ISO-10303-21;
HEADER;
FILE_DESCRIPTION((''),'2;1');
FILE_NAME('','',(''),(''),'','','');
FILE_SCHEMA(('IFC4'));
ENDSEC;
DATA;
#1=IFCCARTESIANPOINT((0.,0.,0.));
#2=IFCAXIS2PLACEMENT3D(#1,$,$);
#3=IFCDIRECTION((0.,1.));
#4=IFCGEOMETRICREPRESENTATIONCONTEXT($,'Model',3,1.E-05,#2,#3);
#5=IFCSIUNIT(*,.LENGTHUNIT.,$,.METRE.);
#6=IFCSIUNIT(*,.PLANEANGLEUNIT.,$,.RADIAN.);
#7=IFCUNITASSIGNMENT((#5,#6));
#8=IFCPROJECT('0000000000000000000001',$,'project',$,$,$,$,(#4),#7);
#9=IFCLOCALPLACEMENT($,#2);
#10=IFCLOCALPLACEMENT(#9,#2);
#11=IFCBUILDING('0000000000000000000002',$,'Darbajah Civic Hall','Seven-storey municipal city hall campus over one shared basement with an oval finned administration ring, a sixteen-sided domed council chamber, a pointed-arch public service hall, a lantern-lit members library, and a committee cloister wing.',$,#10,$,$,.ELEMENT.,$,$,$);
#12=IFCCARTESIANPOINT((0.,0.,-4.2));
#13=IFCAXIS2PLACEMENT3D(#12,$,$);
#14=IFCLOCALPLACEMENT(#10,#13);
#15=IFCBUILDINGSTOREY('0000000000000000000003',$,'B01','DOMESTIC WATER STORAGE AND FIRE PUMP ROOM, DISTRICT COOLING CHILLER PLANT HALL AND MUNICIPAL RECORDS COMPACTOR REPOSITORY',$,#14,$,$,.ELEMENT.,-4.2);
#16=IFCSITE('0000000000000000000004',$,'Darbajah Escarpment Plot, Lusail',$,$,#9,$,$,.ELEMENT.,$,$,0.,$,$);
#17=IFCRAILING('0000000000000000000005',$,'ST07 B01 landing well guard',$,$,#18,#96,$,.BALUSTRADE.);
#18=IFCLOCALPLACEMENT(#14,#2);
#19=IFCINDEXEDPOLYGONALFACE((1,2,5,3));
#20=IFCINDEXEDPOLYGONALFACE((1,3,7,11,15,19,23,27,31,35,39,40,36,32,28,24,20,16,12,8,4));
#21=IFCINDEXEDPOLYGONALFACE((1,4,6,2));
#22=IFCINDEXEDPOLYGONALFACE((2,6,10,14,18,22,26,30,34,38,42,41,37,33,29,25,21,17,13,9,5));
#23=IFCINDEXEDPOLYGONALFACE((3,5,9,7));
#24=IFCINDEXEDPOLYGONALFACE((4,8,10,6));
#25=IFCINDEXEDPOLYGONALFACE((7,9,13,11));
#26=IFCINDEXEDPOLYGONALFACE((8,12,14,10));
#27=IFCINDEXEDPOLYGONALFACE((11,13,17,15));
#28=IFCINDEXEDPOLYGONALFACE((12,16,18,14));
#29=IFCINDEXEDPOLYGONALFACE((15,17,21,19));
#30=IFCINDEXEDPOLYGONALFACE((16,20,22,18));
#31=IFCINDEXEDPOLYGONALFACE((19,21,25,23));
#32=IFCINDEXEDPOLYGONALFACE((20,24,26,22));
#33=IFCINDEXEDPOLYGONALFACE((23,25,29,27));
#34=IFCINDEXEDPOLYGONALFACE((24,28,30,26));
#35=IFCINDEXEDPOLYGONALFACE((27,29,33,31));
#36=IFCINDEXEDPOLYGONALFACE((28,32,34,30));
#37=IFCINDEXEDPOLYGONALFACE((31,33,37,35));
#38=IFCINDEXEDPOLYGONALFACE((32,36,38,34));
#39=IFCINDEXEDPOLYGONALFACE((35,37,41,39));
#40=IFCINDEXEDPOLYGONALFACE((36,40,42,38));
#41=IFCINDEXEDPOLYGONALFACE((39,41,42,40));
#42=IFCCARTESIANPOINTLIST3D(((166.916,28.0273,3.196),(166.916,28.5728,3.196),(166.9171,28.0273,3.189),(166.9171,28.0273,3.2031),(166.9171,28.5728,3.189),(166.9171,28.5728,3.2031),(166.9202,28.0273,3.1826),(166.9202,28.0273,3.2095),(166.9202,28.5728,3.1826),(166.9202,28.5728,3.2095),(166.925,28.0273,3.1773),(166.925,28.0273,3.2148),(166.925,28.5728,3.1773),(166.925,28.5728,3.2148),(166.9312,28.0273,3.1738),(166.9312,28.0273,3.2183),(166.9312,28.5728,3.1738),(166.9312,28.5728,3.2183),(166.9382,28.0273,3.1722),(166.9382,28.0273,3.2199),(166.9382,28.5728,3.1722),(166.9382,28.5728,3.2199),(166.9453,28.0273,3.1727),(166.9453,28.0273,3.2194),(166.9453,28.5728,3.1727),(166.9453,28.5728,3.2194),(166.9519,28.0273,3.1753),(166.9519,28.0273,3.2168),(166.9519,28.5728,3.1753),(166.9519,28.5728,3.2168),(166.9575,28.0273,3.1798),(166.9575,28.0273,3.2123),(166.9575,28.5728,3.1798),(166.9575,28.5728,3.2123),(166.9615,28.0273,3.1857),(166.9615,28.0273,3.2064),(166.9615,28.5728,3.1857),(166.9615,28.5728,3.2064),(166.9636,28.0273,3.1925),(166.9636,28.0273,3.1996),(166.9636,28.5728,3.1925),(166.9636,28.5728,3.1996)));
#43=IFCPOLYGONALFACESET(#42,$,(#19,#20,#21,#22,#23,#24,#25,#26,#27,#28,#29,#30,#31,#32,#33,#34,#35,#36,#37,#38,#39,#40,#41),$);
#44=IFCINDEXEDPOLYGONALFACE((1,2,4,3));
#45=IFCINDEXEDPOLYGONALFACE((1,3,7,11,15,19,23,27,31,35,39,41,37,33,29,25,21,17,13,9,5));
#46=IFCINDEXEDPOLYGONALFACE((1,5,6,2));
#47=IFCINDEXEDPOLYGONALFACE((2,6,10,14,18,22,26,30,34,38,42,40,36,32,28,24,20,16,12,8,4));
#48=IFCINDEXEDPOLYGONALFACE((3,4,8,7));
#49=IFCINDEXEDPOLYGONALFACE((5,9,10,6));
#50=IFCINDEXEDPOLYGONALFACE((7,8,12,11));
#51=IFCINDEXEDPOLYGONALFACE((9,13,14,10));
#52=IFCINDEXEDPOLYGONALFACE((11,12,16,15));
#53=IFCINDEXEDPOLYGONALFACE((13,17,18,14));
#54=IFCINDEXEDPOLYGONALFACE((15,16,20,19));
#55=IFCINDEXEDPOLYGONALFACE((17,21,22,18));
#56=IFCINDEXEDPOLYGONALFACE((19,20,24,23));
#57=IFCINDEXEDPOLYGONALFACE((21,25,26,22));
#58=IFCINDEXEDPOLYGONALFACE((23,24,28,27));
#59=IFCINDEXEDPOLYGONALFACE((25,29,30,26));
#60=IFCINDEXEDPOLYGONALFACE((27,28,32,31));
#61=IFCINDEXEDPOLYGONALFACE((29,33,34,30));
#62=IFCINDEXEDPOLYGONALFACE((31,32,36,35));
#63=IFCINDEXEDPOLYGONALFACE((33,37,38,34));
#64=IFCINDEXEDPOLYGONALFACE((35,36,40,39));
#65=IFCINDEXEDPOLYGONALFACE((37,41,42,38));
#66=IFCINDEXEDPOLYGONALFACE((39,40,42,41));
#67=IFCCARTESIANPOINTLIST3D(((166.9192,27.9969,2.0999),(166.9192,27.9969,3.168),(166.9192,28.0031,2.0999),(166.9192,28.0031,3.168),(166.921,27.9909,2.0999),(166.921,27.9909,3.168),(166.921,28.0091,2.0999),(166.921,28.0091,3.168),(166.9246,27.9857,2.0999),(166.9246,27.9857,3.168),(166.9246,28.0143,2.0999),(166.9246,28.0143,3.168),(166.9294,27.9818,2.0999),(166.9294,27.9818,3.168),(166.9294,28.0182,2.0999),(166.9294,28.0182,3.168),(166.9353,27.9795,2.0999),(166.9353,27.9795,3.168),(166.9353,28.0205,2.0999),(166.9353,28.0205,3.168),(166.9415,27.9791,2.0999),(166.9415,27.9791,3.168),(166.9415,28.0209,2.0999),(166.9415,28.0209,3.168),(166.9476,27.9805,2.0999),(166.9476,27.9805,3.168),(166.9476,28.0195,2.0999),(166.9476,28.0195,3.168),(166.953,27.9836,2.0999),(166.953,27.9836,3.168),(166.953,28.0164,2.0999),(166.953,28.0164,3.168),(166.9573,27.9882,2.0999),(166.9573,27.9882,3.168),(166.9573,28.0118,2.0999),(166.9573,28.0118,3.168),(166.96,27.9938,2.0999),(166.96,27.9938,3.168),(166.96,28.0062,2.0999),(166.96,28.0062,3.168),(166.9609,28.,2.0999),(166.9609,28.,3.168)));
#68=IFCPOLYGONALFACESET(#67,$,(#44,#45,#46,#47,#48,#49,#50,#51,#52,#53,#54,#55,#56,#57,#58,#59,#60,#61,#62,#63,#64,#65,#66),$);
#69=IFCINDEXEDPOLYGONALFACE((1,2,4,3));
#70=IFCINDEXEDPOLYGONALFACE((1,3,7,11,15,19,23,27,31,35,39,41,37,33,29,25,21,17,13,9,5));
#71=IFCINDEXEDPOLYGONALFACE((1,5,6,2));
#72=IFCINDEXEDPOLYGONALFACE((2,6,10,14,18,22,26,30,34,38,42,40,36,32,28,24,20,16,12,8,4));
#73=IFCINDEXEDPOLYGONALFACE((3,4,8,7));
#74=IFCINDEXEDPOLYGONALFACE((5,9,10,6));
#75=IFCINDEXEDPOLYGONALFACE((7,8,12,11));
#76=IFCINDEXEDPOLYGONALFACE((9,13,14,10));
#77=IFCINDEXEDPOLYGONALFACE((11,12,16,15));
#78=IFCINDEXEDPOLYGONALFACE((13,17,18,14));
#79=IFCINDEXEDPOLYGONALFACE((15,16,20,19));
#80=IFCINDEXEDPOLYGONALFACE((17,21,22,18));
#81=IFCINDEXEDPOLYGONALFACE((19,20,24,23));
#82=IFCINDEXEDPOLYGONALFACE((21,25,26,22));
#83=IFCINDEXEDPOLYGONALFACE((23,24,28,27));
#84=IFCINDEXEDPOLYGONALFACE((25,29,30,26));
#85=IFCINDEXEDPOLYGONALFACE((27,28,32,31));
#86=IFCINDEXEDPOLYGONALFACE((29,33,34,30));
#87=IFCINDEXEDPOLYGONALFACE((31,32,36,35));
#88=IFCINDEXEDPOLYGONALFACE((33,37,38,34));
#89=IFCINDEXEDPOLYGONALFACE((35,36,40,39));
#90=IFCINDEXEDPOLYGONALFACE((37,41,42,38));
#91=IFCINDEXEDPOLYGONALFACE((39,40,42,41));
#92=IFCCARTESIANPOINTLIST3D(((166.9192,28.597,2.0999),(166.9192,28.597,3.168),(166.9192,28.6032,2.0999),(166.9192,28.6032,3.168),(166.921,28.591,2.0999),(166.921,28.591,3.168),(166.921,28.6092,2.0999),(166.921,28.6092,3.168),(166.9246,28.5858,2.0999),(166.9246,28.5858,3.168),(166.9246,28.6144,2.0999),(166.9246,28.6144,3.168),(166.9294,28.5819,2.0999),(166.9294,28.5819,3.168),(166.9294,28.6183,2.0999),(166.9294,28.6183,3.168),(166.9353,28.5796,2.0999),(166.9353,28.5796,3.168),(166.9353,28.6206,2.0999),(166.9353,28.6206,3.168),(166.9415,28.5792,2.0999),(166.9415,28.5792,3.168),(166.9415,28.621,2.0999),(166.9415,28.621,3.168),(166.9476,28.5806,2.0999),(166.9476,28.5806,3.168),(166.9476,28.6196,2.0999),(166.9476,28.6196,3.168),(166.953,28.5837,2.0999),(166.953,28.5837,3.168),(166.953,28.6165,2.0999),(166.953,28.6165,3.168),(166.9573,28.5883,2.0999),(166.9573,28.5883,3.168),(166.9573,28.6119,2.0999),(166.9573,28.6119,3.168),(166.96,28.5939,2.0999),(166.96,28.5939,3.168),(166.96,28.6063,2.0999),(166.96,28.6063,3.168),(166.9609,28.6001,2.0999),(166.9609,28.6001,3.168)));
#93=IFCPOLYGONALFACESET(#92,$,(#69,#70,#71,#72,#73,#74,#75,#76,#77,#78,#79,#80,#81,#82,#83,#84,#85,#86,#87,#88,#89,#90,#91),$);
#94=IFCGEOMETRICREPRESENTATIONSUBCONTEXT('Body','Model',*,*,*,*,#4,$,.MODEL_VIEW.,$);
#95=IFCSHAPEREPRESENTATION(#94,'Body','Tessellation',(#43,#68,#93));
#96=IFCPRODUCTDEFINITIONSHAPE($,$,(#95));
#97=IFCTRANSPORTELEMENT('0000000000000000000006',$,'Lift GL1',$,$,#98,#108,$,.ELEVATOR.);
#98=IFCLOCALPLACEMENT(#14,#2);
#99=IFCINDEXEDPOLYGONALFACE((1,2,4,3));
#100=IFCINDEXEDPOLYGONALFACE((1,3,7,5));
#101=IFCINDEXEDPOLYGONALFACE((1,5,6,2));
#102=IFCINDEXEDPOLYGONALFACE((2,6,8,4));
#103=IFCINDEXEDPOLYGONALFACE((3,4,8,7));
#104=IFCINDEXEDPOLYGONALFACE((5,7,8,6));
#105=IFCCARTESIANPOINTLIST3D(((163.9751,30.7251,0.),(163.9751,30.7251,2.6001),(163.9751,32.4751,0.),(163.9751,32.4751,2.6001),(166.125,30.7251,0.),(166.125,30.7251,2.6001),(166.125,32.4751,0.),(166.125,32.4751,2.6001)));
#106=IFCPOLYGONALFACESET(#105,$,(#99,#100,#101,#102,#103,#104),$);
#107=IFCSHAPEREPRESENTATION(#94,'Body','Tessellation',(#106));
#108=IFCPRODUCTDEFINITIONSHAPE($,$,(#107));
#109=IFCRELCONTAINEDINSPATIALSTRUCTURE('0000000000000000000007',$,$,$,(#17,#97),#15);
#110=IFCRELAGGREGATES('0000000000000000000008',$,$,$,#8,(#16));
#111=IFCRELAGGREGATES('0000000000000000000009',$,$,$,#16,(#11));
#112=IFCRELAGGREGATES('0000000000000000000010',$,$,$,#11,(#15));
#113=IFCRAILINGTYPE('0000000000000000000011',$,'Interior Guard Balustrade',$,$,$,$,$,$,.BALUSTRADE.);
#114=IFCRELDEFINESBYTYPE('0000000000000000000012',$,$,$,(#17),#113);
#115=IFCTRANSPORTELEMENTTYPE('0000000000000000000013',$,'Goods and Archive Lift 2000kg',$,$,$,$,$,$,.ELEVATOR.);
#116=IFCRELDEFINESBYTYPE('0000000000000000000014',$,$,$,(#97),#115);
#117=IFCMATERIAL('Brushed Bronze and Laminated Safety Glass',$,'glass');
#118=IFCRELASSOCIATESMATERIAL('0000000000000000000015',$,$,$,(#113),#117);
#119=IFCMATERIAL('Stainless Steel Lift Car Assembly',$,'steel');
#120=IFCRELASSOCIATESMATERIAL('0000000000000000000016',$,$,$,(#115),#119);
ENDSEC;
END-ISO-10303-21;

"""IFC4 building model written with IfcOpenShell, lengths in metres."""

from ifc_helpers import new_model, si_unit, direction, frame, origin, origin_2d, place, context, subcontext, project, spatial, rectangle, circle, extrude, material, type_object, element, save


model = new_model("IFC4")

# Units and contexts
model_context = context("Model", 3, precision=1e-05, world=origin(), true_north=direction((0.0, 1.0)))
body_context = subcontext(model_context, "Body", "Model", "MODEL_VIEW")
ifc_project = project(units=[si_unit("LENGTHUNIT", "METRE"), si_unit("PLANEANGLEUNIT", "RADIAN")], contexts=[model_context])

# Site, building, storey
site_placement = place(None, origin())
site = spatial("IfcSite", under=ifc_project, at=site_placement, Name="Darbajah Escarpment Plot, Lusail", CompositionType="ELEMENT", RefElevation=0.0)
building_placement = place(site_placement, origin())
building = spatial("IfcBuilding", under=site, at=building_placement, Name="Darbajah Civic Hall", Description="Seven-storey municipal city hall campus over one shared basement with an oval finned administration ring, a sixteen-sided domed council chamber, a pointed-arch public service hall, a lantern-lit members library, and a committee cloister wing.", CompositionType="ELEMENT")
storey_placement = place(building_placement, frame((0.0, 0.0, -4.2)))
storey = spatial("IfcBuildingStorey", under=building, at=storey_placement, Name="B01", Description="DOMESTIC WATER STORAGE AND FIRE PUMP ROOM, DISTRICT COOLING CHILLER PLANT HALL AND MUNICIPAL RECORDS COMPACTOR REPOSITORY", CompositionType="ELEMENT", Elevation=-4.2)

# Railing
ifc_material_1 = material(Name="Brushed Bronze and Laminated Safety Glass", Category="glass")
railing_type_1 = type_object("IfcRailingType", Name="Interior Guard Balustrade", PredefinedType="BALUSTRADE", material=ifc_material_1)
railing_1_placement = place(storey_placement, frame((166.9399, 28.0, 2.0999)))
element("IfcRailing", 1, at=railing_1_placement, inside=storey, type_object=railing_type_1, Name="ST07 B01 landing well guard", PredefinedType="BALUSTRADE", context=body_context, shape_type="SweptSolid", body=[
    extrude(circle(Radius=0.0239, at=origin_2d()), frame((0.0, 0.0273, 1.0962), z_axis=(0.0, 1.0, 0.0), x_axis=(-1.0, 0.0, 0.0)), (0.0, 0.0, 1.0), 0.5454),
    extrude(circle(Radius=0.021, at=origin_2d()), origin(), (0.0, 0.0, 1.0), 1.0681),
    extrude(circle(Radius=0.021, at=origin_2d()), frame((0.0, 0.6001, 0.0)), (0.0, 0.0, 1.0), 1.0681),
])

# Transport element
ifc_material_2 = material(Name="Stainless Steel Lift Car Assembly", Category="steel")
transport_element_type = type_object("IfcTransportElementType", Name="Goods and Archive Lift 2000kg", PredefinedType="ELEVATOR", material=ifc_material_2)
transport_element_placement = place(storey_placement, frame((165.05, 31.6001, 0.0), z_axis=(0.0, 0.0, 1.0), x_axis=(1.0, 0.0, 0.0)))
element("IfcTransportElement", 2, at=transport_element_placement, inside=storey, type_object=transport_element_type, Name="Lift GL1", PredefinedType="ELEVATOR", context=body_context, shape_type="SweptSolid", body=[
    extrude(rectangle(XDim=2.1499, YDim=1.75, at=origin_2d()), origin(), (0.0, 0.0, 1.0), 2.6001),
])

save(model, "model.ifc")
